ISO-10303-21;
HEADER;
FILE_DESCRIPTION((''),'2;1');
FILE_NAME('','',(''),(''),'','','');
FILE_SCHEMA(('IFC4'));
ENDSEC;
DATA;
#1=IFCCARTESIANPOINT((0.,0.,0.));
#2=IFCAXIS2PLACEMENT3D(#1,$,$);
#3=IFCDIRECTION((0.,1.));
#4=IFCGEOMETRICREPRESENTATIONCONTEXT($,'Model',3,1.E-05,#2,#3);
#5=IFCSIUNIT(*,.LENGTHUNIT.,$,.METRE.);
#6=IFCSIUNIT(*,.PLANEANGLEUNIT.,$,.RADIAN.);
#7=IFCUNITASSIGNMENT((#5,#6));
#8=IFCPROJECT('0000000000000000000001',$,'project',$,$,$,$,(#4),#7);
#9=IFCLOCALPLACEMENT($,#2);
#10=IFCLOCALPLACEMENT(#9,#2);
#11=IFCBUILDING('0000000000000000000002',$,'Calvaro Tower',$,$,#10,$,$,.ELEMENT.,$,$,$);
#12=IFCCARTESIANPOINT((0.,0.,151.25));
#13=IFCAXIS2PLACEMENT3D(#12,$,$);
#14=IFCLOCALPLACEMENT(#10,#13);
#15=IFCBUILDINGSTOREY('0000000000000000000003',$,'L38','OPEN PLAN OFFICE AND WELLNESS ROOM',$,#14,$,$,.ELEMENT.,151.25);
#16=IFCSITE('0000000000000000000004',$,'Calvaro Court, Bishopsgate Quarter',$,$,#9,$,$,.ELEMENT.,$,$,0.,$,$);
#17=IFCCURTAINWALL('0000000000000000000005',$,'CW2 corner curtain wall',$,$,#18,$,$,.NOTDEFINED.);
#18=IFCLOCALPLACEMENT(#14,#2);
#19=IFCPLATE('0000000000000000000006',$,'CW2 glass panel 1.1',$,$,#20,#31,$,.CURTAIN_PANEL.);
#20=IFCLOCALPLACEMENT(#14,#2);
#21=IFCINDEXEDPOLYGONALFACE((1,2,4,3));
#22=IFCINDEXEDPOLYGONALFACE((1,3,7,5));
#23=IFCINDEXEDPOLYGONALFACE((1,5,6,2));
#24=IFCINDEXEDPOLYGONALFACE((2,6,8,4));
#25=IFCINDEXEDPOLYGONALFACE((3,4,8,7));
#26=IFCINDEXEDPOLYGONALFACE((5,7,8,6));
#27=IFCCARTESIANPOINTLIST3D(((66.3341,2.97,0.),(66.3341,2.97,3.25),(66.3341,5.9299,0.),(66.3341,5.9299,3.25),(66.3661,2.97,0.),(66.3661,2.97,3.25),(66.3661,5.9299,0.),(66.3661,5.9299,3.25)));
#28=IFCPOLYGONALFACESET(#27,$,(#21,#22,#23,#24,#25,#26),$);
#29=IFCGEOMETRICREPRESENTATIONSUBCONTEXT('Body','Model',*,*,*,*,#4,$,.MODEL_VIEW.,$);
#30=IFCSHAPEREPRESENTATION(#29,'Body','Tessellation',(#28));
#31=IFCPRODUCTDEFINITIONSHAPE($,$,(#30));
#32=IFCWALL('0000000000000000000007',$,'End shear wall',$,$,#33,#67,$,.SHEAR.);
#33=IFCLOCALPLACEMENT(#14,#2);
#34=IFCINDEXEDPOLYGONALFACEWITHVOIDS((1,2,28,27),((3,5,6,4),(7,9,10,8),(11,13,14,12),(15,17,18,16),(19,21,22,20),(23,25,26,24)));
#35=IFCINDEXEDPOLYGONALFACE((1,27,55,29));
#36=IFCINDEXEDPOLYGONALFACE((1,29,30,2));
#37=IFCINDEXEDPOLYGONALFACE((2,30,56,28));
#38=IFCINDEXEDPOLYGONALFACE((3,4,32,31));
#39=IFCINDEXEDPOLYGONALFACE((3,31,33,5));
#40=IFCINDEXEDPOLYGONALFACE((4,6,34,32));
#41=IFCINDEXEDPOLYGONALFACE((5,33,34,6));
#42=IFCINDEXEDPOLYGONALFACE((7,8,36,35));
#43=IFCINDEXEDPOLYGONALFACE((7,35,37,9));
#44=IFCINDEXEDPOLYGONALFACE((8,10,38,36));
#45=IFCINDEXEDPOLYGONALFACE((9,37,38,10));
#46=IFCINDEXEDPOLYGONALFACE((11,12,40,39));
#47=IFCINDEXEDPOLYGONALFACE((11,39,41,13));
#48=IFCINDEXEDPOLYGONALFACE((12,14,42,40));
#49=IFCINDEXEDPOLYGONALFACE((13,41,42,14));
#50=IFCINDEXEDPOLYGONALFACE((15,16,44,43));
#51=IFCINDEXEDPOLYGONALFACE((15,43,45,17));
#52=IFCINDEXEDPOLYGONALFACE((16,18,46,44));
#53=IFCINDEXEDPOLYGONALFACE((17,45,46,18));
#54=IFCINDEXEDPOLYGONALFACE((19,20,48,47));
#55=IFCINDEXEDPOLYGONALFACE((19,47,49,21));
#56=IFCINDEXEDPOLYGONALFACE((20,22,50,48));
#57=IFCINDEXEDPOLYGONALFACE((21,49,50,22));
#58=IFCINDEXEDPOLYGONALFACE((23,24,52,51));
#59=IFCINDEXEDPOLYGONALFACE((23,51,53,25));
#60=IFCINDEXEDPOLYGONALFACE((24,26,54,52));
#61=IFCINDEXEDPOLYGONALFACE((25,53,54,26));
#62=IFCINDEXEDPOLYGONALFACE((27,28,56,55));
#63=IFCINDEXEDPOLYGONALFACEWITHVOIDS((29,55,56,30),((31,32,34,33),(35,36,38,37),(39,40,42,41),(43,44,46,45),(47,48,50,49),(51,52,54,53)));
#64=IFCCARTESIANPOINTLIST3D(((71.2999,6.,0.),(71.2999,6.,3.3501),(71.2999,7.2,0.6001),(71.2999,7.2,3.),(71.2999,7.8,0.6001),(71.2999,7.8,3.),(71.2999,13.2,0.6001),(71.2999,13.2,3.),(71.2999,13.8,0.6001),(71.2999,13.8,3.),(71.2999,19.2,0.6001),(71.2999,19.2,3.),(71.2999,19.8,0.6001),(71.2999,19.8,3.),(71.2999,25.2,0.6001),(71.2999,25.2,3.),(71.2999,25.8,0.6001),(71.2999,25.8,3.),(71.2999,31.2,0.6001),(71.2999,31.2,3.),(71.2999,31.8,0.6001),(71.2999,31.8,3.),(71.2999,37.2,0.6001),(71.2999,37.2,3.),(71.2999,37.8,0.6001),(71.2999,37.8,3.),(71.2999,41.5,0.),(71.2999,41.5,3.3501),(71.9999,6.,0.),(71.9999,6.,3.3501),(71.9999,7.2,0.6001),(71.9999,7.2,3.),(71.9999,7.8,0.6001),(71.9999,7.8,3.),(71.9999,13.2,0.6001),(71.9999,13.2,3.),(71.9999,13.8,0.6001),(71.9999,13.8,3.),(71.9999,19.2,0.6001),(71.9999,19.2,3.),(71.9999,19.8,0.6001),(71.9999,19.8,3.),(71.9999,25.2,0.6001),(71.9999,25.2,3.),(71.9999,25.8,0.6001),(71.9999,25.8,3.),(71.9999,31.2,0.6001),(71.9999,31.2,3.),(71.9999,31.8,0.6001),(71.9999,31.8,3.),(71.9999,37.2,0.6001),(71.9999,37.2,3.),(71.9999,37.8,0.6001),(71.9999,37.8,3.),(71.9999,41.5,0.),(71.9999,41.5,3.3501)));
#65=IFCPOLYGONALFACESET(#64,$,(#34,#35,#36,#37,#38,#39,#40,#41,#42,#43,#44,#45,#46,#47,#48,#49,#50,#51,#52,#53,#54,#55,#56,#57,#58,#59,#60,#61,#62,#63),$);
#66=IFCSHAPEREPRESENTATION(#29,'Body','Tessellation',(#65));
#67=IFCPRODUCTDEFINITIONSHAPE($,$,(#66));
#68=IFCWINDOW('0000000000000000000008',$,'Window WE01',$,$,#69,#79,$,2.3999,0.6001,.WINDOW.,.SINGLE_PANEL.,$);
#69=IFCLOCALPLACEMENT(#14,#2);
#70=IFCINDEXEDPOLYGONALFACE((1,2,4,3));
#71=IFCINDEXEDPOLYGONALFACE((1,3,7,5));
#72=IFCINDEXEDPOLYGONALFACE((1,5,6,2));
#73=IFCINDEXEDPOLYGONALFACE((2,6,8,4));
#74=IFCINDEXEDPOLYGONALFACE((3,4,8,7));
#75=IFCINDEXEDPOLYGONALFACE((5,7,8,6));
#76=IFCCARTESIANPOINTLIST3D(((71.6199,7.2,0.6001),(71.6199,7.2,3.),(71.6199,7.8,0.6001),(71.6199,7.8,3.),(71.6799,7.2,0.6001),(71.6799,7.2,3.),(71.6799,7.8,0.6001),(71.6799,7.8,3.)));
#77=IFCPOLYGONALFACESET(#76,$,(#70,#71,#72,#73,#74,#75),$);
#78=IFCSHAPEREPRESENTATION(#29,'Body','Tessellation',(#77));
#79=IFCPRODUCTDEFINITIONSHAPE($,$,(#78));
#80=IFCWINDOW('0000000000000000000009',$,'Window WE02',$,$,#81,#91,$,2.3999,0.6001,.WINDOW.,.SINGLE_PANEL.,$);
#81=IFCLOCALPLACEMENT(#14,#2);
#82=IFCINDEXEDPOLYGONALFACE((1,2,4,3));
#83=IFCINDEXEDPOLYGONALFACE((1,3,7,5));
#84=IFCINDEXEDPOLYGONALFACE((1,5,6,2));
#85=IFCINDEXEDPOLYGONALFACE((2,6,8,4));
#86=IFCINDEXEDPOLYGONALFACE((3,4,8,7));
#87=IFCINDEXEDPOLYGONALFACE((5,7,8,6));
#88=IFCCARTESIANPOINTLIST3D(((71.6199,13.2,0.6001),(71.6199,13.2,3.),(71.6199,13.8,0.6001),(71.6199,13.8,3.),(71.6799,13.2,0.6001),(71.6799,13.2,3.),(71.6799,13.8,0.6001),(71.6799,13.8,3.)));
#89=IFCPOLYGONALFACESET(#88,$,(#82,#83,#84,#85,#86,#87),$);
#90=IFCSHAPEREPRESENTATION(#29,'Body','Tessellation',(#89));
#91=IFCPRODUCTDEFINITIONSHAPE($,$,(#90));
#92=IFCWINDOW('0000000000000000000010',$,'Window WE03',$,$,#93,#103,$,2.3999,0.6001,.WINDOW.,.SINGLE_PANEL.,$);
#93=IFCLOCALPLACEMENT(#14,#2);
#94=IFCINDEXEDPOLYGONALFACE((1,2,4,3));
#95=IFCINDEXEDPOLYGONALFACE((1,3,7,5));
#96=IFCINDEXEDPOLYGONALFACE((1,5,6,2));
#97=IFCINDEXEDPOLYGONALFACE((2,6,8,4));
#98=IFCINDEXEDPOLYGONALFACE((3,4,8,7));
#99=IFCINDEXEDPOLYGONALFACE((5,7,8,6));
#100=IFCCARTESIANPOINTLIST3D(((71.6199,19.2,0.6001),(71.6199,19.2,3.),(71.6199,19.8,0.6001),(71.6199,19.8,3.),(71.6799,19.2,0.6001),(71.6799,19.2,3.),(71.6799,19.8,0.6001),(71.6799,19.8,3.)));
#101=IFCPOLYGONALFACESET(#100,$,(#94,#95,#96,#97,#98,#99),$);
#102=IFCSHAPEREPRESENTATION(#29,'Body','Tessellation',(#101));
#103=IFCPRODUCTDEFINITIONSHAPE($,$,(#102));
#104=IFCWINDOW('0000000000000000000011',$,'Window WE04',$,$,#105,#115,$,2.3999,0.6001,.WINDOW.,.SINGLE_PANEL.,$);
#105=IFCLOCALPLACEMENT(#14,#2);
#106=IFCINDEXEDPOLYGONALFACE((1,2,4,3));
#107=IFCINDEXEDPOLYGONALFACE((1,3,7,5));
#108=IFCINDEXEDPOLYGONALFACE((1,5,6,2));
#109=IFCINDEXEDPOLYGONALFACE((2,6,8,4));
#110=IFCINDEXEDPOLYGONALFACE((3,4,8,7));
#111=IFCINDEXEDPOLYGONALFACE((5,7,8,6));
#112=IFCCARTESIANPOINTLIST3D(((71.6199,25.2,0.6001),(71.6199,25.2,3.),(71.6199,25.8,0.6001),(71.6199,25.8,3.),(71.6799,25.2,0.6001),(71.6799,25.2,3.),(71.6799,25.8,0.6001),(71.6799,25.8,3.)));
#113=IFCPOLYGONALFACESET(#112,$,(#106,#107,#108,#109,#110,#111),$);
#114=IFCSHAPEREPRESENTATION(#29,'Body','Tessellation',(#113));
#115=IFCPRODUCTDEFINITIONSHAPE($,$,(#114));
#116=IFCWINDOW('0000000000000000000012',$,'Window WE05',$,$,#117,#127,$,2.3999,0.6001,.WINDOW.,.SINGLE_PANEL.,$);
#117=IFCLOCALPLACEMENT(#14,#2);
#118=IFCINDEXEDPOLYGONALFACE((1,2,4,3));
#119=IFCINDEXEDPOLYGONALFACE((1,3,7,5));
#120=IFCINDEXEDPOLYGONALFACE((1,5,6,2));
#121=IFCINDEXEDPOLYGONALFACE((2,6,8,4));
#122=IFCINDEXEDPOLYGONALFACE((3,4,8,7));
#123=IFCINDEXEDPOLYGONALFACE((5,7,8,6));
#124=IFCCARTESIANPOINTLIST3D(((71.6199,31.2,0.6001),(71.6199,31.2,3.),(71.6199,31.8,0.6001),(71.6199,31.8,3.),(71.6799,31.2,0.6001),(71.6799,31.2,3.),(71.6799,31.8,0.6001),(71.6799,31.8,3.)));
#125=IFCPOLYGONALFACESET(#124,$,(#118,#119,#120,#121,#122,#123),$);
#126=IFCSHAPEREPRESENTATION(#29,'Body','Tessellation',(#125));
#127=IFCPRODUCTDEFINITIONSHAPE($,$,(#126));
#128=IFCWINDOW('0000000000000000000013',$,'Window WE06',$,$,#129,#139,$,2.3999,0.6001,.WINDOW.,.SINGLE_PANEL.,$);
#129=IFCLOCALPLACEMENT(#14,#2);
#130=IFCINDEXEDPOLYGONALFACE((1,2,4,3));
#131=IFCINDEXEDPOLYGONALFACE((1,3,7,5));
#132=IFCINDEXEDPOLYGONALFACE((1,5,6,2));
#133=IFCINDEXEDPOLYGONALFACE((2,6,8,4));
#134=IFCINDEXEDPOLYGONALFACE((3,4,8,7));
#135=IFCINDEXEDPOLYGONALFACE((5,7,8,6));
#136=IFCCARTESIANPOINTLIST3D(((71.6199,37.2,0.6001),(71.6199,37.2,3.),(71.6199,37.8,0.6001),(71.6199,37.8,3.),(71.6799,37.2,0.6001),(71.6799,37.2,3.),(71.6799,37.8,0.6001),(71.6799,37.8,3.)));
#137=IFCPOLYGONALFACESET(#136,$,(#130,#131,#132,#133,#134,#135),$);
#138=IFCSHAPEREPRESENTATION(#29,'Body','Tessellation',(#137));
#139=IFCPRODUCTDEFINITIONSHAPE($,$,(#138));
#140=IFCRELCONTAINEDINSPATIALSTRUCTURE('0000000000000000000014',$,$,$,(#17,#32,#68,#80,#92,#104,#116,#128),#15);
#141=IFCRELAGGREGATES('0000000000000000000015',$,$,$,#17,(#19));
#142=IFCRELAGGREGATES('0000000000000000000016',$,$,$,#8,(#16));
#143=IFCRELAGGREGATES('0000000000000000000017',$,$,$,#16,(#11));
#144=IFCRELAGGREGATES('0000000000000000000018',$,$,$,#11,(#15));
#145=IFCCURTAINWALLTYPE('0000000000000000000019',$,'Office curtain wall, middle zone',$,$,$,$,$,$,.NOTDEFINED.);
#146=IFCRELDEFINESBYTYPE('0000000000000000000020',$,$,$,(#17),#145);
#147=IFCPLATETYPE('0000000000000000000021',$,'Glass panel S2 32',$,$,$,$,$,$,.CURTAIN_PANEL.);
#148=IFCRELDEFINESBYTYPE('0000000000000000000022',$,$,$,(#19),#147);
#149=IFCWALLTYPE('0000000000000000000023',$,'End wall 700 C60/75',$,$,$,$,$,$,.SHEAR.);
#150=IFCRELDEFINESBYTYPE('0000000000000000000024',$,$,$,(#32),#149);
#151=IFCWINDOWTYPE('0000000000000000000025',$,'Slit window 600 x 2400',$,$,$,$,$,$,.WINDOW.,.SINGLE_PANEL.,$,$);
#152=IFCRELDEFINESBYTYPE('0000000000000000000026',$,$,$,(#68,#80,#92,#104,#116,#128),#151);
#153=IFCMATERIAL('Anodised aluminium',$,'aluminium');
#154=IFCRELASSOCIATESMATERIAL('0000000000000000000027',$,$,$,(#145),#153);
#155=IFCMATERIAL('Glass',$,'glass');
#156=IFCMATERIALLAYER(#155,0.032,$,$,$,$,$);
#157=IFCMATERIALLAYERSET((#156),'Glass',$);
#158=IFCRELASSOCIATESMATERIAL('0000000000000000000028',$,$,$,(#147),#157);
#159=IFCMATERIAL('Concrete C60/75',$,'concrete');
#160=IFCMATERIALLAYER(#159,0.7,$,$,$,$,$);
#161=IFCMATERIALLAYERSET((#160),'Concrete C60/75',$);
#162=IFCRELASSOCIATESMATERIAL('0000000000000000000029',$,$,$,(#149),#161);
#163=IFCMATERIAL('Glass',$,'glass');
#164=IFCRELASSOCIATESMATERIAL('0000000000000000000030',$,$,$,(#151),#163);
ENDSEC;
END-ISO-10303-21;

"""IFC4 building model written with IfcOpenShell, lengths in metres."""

from ifc_helpers import new_model, si_unit, direction, frame, frame_2d, origin, origin_2d, place, context, subcontext, project, spatial, rectangle, extrude, material, layer, layer_set, type_object, element, fill, aggregate, save


model = new_model("IFC4")

# Units and contexts
model_context = context("Model", 3, precision=1e-05, world=origin(), true_north=direction((0.0, 1.0)))
body_context = subcontext(model_context, "Body", "Model", "MODEL_VIEW")
ifc_project = project(units=[si_unit("LENGTHUNIT", "METRE"), si_unit("PLANEANGLEUNIT", "RADIAN")], contexts=[model_context])

# Site, building, storey
site_placement = place(None, origin())
site = spatial("IfcSite", under=ifc_project, at=site_placement, Name="Calvaro Court, Bishopsgate Quarter", CompositionType="ELEMENT", RefElevation=0.0)
building_placement = place(site_placement, origin())
building = spatial("IfcBuilding", under=site, at=building_placement, Name="Calvaro Tower", CompositionType="ELEMENT")
storey_placement = place(building_placement, frame((0.0, 0.0, 151.25)))
storey = spatial("IfcBuildingStorey", under=building, at=storey_placement, Name="L38", Description="OPEN PLAN OFFICE AND WELLNESS ROOM", CompositionType="ELEMENT", Elevation=151.25)

# Curtain wall
ifc_material_1 = material(Name="Anodised aluminium", Category="aluminium")
curtain_wall_type = type_object("IfcCurtainWallType", Name="Office curtain wall, middle zone", PredefinedType="NOTDEFINED", material=ifc_material_1)
curtain_wall_1_placement = place(storey_placement, origin())
curtain_wall_1 = element("IfcCurtainWall", 1, at=curtain_wall_1_placement, inside=storey, type_object=curtain_wall_type, Name="CW2 corner curtain wall", PredefinedType="NOTDEFINED")

# Plate
ifc_material_2 = material(Name="Glass", Category="glass")
ifc_layer_1 = layer(ifc_material_2, 0.032)
ifc_layer_set_1 = layer_set([ifc_layer_1], Name="Glass")
plate_type = type_object("IfcPlateType", Name="Glass panel S2 32", PredefinedType="CURTAIN_PANEL", material=ifc_layer_set_1)
plate_1_placement = place(storey_placement, frame((66.3501, 4.45, 0.0), z_axis=(0.0, 0.0, 1.0), x_axis=(0.0, 1.0, 0.0)))
plate_1 = element("IfcPlate", 2, at=plate_1_placement, type_object=plate_type, Name="CW2 glass panel 1.1", PredefinedType="CURTAIN_PANEL", context=body_context, shape_type="SweptSolid", body=[
    extrude(rectangle(XDim=2.96, YDim=0.032, at=origin_2d()), origin(), (0.0, 0.0, 1.0), 3.25),
])
aggregate(curtain_wall_1, [plate_1])

# Wall, openings, windows
ifc_material_3 = material(Name="Concrete C60/75", Category="concrete")
ifc_layer_2 = layer(ifc_material_3, 0.7)
ifc_layer_set_2 = layer_set([ifc_layer_2], Name="Concrete C60/75")
wall_type_1 = type_object("IfcWallType", Name="End wall 700 C60/75", PredefinedType="SHEAR", material=ifc_layer_set_2)
wall_1_placement = place(storey_placement, frame((71.6499, 6.0, 0.0), z_axis=(0.0, 0.0, 1.0), x_axis=(0.0, 1.0, 0.0)))
wall_1 = element("IfcWall", 3, at=wall_1_placement, inside=storey, type_object=wall_type_1, Name="End shear wall", PredefinedType="SHEAR", context=body_context, shape_type="SweptSolid", body=[
    extrude(rectangle(XDim=35.5, YDim=0.7, at=frame_2d((17.75, 0.0))), origin(), (0.0, 0.0, 1.0), 3.3501),
])
opening_1_placement = place(wall_1_placement, frame((1.2, 0.0, 0.6001)))
opening_1 = element("IfcOpeningElement", 4, at=opening_1_placement, cuts=wall_1, PredefinedType="OPENING", context=body_context, shape_type="SweptSolid", body=[
    extrude(rectangle(XDim=0.6001, YDim=2.3999, at=frame_2d((0.3, 1.2))), frame((0.0, 0.3599, 0.0), z_axis=(0.0, -1.0, 0.0), x_axis=(1.0, 0.0, 0.0)), (0.0, 0.0, 1.0), 0.72),
])
opening_2_placement = place(wall_1_placement, frame((7.2, 0.0, 0.6001)))
opening_2 = element("IfcOpeningElement", 5, at=opening_2_placement, cuts=wall_1, PredefinedType="OPENING", context=body_context, shape_type="SweptSolid", body=[
    extrude(rectangle(XDim=0.6001, YDim=2.3999, at=frame_2d((0.3, 1.2))), frame((0.0, 0.3599, 0.0), z_axis=(0.0, -1.0, 0.0), x_axis=(1.0, 0.0, 0.0)), (0.0, 0.0, 1.0), 0.72),
])
opening_3_placement = place(wall_1_placement, frame((13.2, 0.0, 0.6001)))
opening_3 = element("IfcOpeningElement", 6, at=opening_3_placement, cuts=wall_1, PredefinedType="OPENING", context=body_context, shape_type="SweptSolid", body=[
    extrude(rectangle(XDim=0.6001, YDim=2.3999, at=frame_2d((0.3, 1.2))), frame((0.0, 0.3599, 0.0), z_axis=(0.0, -1.0, 0.0), x_axis=(1.0, 0.0, 0.0)), (0.0, 0.0, 1.0), 0.72),
])
opening_4_placement = place(wall_1_placement, frame((19.2, 0.0, 0.6001)))
opening_4 = element("IfcOpeningElement", 7, at=opening_4_placement, cuts=wall_1, PredefinedType="OPENING", context=body_context, shape_type="SweptSolid", body=[
    extrude(rectangle(XDim=0.6001, YDim=2.3999, at=frame_2d((0.3, 1.2))), frame((0.0, 0.3599, 0.0), z_axis=(0.0, -1.0, 0.0), x_axis=(1.0, 0.0, 0.0)), (0.0, 0.0, 1.0), 0.72),
])
opening_5_placement = place(wall_1_placement, frame((25.2, 0.0, 0.6001)))
opening_5 = element("IfcOpeningElement", 8, at=opening_5_placement, cuts=wall_1, PredefinedType="OPENING", context=body_context, shape_type="SweptSolid", body=[
    extrude(rectangle(XDim=0.6001, YDim=2.3999, at=frame_2d((0.3, 1.2))), frame((0.0, 0.3599, 0.0), z_axis=(0.0, -1.0, 0.0), x_axis=(1.0, 0.0, 0.0)), (0.0, 0.0, 1.0), 0.72),
])
opening_6_placement = place(wall_1_placement, frame((31.2, 0.0, 0.6001)))
opening_6 = element("IfcOpeningElement", 9, at=opening_6_placement, cuts=wall_1, PredefinedType="OPENING", context=body_context, shape_type="SweptSolid", body=[
    extrude(rectangle(XDim=0.6001, YDim=2.3999, at=frame_2d((0.3, 1.2))), frame((0.0, 0.3599, 0.0), z_axis=(0.0, -1.0, 0.0), x_axis=(1.0, 0.0, 0.0)), (0.0, 0.0, 1.0), 0.72),
])
ifc_material_4 = material(Name="Glass", Category="glass")
window_type = type_object("IfcWindowType", Name="Slit window 600 x 2400", PartitioningType="SINGLE_PANEL", PredefinedType="WINDOW", material=ifc_material_4)
window_1_placement = place(opening_1_placement, origin())
window_1 = element("IfcWindow", 10, at=window_1_placement, inside=storey, type_object=window_type, Name="Window WE01", OverallHeight=2.3999, OverallWidth=0.6001, PartitioningType="SINGLE_PANEL", PredefinedType="WINDOW", context=body_context, shape_type="SweptSolid", body=[
    extrude(rectangle(XDim=0.6001, YDim=2.3999, at=frame_2d((0.3, 1.2))), frame((0.0, 0.03, 0.0), z_axis=(0.0, -1.0, 0.0), x_axis=(1.0, 0.0, 0.0)), (0.0, 0.0, 1.0), 0.0601),
])
fill(opening_1, window_1)
window_2_placement = place(opening_2_placement, origin())
window_2 = element("IfcWindow", 11, at=window_2_placement, inside=storey, type_object=window_type, Name="Window WE02", OverallHeight=2.3999, OverallWidth=0.6001, PartitioningType="SINGLE_PANEL", PredefinedType="WINDOW", context=body_context, shape_type="SweptSolid", body=[
    extrude(rectangle(XDim=0.6001, YDim=2.3999, at=frame_2d((0.3, 1.2))), frame((0.0, 0.03, 0.0), z_axis=(0.0, -1.0, 0.0), x_axis=(1.0, 0.0, 0.0)), (0.0, 0.0, 1.0), 0.0601),
])
fill(opening_2, window_2)
window_3_placement = place(opening_3_placement, origin())
window_3 = element("IfcWindow", 12, at=window_3_placement, inside=storey, type_object=window_type, Name="Window WE03", OverallHeight=2.3999, OverallWidth=0.6001, PartitioningType="SINGLE_PANEL", PredefinedType="WINDOW", context=body_context, shape_type="SweptSolid", body=[
    extrude(rectangle(XDim=0.6001, YDim=2.3999, at=frame_2d((0.3, 1.2))), frame((0.0, 0.03, 0.0), z_axis=(0.0, -1.0, 0.0), x_axis=(1.0, 0.0, 0.0)), (0.0, 0.0, 1.0), 0.0601),
])
fill(opening_3, window_3)
window_4_placement = place(opening_4_placement, origin())
window_4 = element("IfcWindow", 13, at=window_4_placement, inside=storey, type_object=window_type, Name="Window WE04", OverallHeight=2.3999, OverallWidth=0.6001, PartitioningType="SINGLE_PANEL", PredefinedType="WINDOW", context=body_context, shape_type="SweptSolid", body=[
    extrude(rectangle(XDim=0.6001, YDim=2.3999, at=frame_2d((0.3, 1.2))), frame((0.0, 0.03, 0.0), z_axis=(0.0, -1.0, 0.0), x_axis=(1.0, 0.0, 0.0)), (0.0, 0.0, 1.0), 0.0601),
])
fill(opening_4, window_4)
window_5_placement = place(opening_5_placement, origin())
window_5 = element("IfcWindow", 14, at=window_5_placement, inside=storey, type_object=window_type, Name="Window WE05", OverallHeight=2.3999, OverallWidth=0.6001, PartitioningType="SINGLE_PANEL", PredefinedType="WINDOW", context=body_context, shape_type="SweptSolid", body=[
    extrude(rectangle(XDim=0.6001, YDim=2.3999, at=frame_2d((0.3, 1.2))), frame((0.0, 0.03, 0.0), z_axis=(0.0, -1.0, 0.0), x_axis=(1.0, 0.0, 0.0)), (0.0, 0.0, 1.0), 0.0601),
])
fill(opening_5, window_5)
window_6_placement = place(opening_6_placement, origin())
window_6 = element("IfcWindow", 15, at=window_6_placement, inside=storey, type_object=window_type, Name="Window WE06", OverallHeight=2.3999, OverallWidth=0.6001, PartitioningType="SINGLE_PANEL", PredefinedType="WINDOW", context=body_context, shape_type="SweptSolid", body=[
    extrude(rectangle(XDim=0.6001, YDim=2.3999, at=frame_2d((0.3, 1.2))), frame((0.0, 0.03, 0.0), z_axis=(0.0, -1.0, 0.0), x_axis=(1.0, 0.0, 0.0)), (0.0, 0.0, 1.0), 0.0601),
])
fill(opening_6, window_6)

save(model, "model.ifc")
